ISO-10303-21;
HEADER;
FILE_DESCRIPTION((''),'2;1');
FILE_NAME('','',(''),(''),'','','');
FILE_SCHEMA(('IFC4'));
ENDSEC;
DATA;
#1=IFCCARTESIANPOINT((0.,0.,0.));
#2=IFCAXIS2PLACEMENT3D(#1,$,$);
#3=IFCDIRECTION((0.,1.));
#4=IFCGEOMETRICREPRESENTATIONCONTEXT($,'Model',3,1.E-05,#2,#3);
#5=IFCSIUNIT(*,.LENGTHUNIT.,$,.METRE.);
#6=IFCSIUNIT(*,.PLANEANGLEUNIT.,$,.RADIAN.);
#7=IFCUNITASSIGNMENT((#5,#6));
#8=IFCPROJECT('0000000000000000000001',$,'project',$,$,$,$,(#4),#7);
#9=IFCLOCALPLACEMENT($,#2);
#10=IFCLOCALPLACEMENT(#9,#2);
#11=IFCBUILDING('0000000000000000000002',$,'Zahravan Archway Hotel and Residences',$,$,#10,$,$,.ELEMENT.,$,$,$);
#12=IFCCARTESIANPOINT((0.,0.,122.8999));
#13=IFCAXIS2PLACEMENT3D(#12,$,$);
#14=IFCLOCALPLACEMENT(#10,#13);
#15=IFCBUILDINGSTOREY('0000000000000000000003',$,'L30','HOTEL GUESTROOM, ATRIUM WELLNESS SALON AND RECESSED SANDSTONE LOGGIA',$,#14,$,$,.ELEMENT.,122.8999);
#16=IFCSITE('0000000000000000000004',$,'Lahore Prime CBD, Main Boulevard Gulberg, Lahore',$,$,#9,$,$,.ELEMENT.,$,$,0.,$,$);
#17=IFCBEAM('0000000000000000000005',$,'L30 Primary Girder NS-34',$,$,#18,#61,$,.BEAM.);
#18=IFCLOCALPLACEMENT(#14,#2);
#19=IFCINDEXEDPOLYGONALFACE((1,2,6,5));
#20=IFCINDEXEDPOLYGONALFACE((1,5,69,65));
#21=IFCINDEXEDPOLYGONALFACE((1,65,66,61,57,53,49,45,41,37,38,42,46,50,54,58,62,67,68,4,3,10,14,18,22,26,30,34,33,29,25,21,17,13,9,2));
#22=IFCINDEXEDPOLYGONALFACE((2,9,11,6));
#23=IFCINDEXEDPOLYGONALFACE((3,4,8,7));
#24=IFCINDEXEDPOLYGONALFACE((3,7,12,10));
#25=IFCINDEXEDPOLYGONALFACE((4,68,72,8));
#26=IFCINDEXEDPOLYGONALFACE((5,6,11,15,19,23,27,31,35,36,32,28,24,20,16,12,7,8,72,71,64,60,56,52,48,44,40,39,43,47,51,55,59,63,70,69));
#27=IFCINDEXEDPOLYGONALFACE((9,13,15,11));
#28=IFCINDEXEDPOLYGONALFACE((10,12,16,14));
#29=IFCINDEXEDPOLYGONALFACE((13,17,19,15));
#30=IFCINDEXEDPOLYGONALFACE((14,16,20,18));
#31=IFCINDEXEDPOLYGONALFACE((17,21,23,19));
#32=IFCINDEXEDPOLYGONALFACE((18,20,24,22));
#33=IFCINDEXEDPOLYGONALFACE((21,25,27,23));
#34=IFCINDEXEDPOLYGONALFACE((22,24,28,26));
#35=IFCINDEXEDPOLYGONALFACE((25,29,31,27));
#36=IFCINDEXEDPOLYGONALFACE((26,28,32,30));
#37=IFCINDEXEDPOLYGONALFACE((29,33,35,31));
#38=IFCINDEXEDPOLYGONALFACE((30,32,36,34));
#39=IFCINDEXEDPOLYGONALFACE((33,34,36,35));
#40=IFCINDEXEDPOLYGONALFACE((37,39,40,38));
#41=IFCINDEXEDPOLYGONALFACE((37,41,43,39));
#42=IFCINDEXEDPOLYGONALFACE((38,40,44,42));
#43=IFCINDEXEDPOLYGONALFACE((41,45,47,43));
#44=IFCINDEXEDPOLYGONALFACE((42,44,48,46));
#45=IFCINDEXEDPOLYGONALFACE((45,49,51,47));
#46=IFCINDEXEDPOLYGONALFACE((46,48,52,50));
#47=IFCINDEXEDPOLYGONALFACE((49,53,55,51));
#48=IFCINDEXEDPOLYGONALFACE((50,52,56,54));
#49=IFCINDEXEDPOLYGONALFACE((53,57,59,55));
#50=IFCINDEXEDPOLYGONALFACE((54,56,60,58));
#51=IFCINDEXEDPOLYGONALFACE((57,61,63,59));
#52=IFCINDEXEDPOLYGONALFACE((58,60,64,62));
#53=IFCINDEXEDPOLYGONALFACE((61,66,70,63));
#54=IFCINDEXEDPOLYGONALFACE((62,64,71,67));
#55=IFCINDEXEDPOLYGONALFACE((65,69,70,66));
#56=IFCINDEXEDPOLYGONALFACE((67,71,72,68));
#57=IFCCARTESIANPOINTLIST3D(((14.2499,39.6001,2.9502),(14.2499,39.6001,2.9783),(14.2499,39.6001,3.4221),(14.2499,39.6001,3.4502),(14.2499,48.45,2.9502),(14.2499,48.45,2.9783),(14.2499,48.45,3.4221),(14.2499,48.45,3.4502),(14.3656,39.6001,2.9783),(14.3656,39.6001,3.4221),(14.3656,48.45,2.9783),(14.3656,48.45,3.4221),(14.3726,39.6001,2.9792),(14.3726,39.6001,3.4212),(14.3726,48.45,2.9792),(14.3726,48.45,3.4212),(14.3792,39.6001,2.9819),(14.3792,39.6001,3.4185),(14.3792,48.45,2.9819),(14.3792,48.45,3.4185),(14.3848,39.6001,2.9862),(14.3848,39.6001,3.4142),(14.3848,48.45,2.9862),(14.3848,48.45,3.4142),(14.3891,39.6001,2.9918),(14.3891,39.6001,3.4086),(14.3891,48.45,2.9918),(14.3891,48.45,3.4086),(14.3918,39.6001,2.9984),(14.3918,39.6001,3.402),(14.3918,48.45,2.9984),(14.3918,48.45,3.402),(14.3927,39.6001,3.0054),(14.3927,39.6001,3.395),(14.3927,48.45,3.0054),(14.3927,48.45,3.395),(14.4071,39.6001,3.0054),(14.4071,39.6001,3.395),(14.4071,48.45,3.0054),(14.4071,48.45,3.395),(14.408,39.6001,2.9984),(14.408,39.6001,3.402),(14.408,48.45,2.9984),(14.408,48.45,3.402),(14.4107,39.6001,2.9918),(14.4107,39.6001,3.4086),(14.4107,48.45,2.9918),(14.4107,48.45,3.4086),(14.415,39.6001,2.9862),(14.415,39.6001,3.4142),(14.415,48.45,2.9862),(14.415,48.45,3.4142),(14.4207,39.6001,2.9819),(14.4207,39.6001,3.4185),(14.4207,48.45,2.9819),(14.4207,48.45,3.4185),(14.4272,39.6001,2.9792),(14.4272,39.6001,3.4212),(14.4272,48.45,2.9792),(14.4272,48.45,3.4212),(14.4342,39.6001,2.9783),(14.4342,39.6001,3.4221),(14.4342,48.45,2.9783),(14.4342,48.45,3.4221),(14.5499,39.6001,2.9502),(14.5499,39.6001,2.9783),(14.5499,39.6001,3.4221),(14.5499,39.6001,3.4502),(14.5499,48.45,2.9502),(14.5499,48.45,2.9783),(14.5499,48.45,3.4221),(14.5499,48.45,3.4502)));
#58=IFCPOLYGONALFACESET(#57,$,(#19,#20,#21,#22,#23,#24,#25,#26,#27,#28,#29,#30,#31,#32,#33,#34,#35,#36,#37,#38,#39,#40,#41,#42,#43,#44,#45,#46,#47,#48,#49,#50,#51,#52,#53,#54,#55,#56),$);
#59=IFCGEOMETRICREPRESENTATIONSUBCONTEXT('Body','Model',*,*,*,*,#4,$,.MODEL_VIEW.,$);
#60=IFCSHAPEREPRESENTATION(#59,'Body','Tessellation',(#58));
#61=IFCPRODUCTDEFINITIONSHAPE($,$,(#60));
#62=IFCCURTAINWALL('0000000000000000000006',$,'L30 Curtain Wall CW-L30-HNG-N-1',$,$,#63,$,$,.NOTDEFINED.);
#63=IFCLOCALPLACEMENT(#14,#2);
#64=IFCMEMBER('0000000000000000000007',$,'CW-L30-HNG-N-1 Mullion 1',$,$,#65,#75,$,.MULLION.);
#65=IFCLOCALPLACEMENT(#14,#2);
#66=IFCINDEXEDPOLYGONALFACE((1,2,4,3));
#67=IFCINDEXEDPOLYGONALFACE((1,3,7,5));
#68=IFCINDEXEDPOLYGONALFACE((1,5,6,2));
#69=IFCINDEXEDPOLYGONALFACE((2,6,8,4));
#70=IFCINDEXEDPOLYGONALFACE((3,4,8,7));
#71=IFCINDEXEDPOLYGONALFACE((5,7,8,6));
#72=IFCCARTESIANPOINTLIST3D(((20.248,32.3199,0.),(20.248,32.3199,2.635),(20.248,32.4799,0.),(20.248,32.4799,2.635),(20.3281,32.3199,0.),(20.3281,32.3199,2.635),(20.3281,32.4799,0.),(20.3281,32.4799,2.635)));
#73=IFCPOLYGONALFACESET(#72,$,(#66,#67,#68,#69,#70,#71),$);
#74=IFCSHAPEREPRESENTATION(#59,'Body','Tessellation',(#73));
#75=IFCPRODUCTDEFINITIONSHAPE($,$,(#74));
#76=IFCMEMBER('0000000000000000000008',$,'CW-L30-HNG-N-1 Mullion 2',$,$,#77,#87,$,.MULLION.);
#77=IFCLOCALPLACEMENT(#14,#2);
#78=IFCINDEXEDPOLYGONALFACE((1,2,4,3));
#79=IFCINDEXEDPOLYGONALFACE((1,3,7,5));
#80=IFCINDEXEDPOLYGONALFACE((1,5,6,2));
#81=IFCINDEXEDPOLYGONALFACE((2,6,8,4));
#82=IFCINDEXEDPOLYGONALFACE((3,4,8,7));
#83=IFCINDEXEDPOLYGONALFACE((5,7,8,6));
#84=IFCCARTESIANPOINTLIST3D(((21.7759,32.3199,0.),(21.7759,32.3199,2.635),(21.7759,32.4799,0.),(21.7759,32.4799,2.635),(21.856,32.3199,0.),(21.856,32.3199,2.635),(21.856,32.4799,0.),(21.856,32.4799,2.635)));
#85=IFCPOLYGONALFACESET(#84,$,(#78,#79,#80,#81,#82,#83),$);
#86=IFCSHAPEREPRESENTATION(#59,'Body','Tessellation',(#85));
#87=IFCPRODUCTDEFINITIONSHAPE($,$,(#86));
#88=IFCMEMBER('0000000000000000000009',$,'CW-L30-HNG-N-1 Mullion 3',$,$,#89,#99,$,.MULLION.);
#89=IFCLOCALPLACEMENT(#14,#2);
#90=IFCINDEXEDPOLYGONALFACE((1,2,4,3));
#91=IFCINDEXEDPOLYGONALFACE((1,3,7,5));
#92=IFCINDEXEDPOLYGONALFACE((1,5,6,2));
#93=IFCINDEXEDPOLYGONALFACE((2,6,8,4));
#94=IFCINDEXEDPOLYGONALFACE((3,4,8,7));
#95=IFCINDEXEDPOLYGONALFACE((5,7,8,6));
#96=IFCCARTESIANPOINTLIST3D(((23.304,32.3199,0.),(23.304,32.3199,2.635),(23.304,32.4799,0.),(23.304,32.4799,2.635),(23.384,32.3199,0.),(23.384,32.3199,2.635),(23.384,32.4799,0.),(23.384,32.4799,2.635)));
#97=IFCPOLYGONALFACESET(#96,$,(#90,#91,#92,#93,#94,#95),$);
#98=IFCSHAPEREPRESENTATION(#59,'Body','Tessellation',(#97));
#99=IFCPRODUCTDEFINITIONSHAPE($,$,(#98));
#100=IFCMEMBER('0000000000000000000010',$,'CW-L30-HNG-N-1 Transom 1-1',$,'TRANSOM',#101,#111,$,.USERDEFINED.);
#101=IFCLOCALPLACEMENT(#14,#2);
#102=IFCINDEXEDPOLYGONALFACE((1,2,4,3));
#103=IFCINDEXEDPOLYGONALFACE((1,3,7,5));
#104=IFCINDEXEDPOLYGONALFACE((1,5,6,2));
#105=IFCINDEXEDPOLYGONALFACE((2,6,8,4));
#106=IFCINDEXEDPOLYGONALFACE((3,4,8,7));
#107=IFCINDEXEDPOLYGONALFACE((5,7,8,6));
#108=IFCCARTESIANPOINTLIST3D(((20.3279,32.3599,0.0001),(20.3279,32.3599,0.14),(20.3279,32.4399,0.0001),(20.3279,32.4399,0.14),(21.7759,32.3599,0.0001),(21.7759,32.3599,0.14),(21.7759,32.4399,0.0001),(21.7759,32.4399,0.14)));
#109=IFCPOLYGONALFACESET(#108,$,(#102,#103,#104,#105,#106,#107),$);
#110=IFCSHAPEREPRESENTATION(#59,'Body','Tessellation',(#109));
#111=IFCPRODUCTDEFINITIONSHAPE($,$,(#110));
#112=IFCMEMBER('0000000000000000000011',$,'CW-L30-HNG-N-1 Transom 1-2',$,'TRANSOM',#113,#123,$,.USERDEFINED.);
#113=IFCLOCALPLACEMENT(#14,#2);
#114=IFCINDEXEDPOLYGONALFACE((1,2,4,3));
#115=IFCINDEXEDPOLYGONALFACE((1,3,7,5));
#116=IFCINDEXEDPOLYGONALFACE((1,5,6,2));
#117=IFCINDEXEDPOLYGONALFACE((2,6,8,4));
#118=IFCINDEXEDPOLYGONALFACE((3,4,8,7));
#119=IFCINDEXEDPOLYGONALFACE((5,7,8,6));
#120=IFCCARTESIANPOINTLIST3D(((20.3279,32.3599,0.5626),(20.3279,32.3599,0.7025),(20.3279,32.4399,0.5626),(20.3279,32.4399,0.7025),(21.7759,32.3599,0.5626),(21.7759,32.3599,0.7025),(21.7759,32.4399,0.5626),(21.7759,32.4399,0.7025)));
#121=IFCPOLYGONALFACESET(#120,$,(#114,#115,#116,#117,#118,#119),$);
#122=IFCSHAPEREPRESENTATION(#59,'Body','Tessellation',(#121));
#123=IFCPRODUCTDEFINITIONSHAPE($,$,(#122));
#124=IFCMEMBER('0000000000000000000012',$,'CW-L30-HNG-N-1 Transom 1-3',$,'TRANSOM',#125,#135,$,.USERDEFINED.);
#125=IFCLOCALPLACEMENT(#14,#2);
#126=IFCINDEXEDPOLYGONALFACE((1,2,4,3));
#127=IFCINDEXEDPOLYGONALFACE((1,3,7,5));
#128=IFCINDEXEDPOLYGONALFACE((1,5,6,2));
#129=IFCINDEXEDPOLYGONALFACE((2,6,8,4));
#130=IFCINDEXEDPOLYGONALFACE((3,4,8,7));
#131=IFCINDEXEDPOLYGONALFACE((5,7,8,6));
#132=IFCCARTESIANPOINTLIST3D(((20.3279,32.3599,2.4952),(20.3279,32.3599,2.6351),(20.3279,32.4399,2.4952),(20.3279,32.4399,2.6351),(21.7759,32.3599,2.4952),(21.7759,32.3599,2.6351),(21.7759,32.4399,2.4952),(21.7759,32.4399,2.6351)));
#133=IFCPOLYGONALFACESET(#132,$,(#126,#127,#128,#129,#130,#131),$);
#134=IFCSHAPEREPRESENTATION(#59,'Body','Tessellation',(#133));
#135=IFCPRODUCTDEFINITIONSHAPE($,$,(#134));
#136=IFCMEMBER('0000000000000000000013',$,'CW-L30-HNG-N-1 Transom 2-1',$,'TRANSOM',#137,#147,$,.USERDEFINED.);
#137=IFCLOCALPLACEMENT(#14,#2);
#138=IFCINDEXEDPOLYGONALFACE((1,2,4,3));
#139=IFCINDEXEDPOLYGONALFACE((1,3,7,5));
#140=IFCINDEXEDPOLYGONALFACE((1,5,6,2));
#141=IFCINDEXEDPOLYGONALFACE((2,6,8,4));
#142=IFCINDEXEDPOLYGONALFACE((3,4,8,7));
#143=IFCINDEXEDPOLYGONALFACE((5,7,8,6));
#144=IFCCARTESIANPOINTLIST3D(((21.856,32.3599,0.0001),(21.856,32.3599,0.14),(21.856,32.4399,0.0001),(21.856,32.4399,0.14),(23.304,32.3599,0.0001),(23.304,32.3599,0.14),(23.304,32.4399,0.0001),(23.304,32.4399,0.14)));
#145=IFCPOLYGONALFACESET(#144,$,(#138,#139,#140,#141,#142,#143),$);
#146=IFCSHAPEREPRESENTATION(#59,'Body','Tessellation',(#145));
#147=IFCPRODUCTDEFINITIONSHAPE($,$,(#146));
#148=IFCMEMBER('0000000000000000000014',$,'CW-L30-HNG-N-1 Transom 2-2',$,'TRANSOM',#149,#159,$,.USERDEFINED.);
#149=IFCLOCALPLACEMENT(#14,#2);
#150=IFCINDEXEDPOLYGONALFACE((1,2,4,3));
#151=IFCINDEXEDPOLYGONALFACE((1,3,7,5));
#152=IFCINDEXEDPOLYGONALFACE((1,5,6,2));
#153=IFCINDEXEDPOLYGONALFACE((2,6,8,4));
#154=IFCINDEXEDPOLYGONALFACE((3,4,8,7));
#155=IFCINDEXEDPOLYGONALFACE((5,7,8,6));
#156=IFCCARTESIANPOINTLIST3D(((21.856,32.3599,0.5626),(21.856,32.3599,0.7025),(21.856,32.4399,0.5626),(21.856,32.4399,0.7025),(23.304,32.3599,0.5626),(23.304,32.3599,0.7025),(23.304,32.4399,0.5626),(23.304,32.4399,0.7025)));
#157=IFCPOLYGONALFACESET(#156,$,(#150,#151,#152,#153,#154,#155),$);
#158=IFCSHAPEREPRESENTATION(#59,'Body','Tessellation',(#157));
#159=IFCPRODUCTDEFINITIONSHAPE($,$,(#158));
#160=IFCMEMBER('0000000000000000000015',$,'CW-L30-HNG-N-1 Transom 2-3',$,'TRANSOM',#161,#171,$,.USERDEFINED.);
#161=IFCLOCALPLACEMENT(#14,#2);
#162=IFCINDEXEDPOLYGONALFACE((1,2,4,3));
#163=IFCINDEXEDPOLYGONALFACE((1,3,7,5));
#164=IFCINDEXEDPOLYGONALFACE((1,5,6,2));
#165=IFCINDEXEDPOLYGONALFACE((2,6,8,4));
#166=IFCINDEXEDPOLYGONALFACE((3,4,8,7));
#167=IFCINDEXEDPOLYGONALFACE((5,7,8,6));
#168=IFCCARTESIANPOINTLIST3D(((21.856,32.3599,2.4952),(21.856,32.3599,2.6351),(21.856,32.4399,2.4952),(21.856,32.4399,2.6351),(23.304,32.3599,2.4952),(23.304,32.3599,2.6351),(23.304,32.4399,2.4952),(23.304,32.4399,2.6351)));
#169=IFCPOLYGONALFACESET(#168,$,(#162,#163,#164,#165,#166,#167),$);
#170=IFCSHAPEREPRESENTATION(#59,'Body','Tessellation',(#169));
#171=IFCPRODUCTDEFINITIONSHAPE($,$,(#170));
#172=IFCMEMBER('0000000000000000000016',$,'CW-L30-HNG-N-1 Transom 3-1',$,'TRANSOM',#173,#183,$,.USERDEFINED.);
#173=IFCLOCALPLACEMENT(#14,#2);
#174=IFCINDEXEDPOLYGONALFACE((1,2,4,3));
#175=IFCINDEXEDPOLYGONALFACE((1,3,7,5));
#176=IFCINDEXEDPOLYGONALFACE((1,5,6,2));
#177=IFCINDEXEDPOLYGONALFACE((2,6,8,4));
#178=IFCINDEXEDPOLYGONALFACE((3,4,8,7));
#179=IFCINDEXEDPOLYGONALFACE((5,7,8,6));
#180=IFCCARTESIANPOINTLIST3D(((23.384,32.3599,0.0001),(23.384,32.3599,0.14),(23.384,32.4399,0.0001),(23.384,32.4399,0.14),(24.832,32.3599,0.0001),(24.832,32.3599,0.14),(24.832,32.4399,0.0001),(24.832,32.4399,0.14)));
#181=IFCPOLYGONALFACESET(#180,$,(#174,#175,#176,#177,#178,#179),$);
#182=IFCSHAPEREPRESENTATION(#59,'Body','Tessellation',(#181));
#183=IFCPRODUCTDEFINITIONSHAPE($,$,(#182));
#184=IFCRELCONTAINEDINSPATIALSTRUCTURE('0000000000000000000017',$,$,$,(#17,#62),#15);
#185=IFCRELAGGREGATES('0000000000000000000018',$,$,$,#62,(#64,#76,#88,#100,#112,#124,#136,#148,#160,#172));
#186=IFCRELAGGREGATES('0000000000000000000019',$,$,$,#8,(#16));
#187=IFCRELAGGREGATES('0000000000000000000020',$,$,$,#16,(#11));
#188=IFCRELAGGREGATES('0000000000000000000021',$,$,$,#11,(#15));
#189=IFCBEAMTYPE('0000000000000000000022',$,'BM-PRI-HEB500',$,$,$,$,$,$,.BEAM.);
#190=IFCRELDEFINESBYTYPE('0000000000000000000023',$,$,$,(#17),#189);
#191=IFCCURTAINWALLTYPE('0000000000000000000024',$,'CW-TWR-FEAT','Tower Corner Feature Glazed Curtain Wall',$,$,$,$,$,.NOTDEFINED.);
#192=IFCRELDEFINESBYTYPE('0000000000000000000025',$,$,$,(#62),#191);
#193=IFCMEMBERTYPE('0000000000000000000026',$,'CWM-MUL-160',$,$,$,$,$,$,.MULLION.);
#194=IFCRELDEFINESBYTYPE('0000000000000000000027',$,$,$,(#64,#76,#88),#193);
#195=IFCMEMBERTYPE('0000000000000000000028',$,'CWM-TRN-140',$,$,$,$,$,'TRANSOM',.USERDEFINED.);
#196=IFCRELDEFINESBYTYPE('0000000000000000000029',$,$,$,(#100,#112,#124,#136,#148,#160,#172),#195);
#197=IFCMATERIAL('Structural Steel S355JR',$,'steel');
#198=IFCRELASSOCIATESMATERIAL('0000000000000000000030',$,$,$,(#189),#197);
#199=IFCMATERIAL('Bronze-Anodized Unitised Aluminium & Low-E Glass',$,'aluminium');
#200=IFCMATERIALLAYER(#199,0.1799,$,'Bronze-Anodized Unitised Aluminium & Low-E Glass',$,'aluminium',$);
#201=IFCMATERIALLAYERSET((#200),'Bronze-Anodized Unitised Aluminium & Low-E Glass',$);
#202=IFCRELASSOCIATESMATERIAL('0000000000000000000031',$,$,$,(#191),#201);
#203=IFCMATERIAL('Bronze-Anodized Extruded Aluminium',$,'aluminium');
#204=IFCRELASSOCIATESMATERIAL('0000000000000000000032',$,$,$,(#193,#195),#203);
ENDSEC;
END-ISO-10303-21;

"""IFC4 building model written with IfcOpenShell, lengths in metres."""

from ifc_helpers import new_model, si_unit, direction, frame, origin, origin_2d, place, context, subcontext, project, spatial, rectangle, i_section, extrude, source, transform, mapped, material, layer, layer_set, material_profile, profile_set, type_object, element, aggregate, save


model = new_model("IFC4")

# Units and contexts
model_context = context("Model", 3, precision=1e-05, world=origin(), true_north=direction((0.0, 1.0)))
body_context = subcontext(model_context, "Body", "Model", "MODEL_VIEW")
ifc_project = project(units=[si_unit("LENGTHUNIT", "METRE"), si_unit("PLANEANGLEUNIT", "RADIAN")], contexts=[model_context])

# Site, building, storey
site_placement = place(None, origin())
site = spatial("IfcSite", under=ifc_project, at=site_placement, Name="Lahore Prime CBD, Main Boulevard Gulberg, Lahore", CompositionType="ELEMENT", RefElevation=0.0)
building_placement = place(site_placement, origin())
building = spatial("IfcBuilding", under=site, at=building_placement, Name="Zahravan Archway Hotel and Residences", CompositionType="ELEMENT")
storey_placement = place(building_placement, frame((0.0, 0.0, 122.8999)))
storey = spatial("IfcBuildingStorey", under=building, at=storey_placement, Name="L30", Description="HOTEL GUESTROOM, ATRIUM WELLNESS SALON AND RECESSED SANDSTONE LOGGIA", CompositionType="ELEMENT", Elevation=122.8999)

# Beam
ifc_material_1 = material(Name="Structural Steel S355JR", Category="steel")
ifc_material_profile_1 = material_profile(ifc_material_1, i_section(OverallWidth=0.3, OverallDepth=0.5, WebThickness=0.0144, FlangeThickness=0.0281, FilletRadius=0.0271, at=origin_2d()), Name="HEB 500", Category="steel")
ifc_profile_set_1 = profile_set([ifc_material_profile_1], Name="Structural Steel S355JR")
beam_type_1 = type_object("IfcBeamType", Name="BM-PRI-HEB500", PredefinedType="BEAM", material=ifc_profile_set_1)
shared_shape_1 = source(origin(), body_context, "Body", "SweptSolid", [
    extrude(i_section(OverallWidth=0.3, OverallDepth=0.5, WebThickness=0.0144, FlangeThickness=0.0281, FilletRadius=0.0271, at=origin_2d()), origin(), (0.0, 0.0, 1.0), 8.8499),
])
beam_1_placement = place(storey_placement, frame((14.3999, 39.6001, 3.2002), z_axis=(0.0, 1.0, 0.0), x_axis=(-1.0, 0.0, 0.0)))
element("IfcBeam", 1, at=beam_1_placement, inside=storey, type_object=beam_type_1, Name="L30 Primary Girder NS-34", PredefinedType="BEAM", context=body_context, shape_type="MappedRepresentation", body=[
    mapped(shared_shape_1, transform((0.0, 0.0, 0.0), scale=1.0)),
])

# Curtain wall, members
ifc_material_2 = material(Name="Bronze-Anodized Unitised Aluminium & Low-E Glass", Category="aluminium")
ifc_layer_1 = layer(ifc_material_2, 0.1799, Name="Bronze-Anodized Unitised Aluminium & Low-E Glass", Category="aluminium")
ifc_layer_set_1 = layer_set([ifc_layer_1], Name="Bronze-Anodized Unitised Aluminium & Low-E Glass")
curtain_wall_type = type_object("IfcCurtainWallType", Name="CW-TWR-FEAT", Description="Tower Corner Feature Glazed Curtain Wall", PredefinedType="NOTDEFINED", material=ifc_layer_set_1)
curtain_wall_placement = place(storey_placement, origin())
curtain_wall = element("IfcCurtainWall", 2, at=curtain_wall_placement, inside=storey, type_object=curtain_wall_type, Name="L30 Curtain Wall CW-L30-HNG-N-1", PredefinedType="NOTDEFINED")
ifc_material_3 = material(Name="Bronze-Anodized Extruded Aluminium", Category="aluminium")
ifc_material_profile_2 = material_profile(ifc_material_3, rectangle(XDim=0.0801, YDim=0.1599, at=origin_2d()), Name="MUL 80x160", Category="aluminium")
ifc_profile_set_2 = profile_set([ifc_material_profile_2], Name="Bronze-Anodized Extruded Aluminium")
member_type_1 = type_object("IfcMemberType", Name="CWM-MUL-160", PredefinedType="MULLION", material=ifc_profile_set_2)
shared_shape_2 = source(origin(), body_context, "Body", "SweptSolid", [
    extrude(rectangle(XDim=0.0801, YDim=0.1599, at=origin_2d()), origin(), (0.0, 0.0, 1.0), 2.635),
])
member_1_placement = place(storey_placement, frame((20.2881, 32.3999, 0.0), z_axis=(0.0, 0.0, 1.0), x_axis=(1.0, 0.0, 0.0)))
member_1 = element("IfcMember", 3, at=member_1_placement, type_object=member_type_1, Name="CW-L30-HNG-N-1 Mullion 1", PredefinedType="MULLION", context=body_context, shape_type="MappedRepresentation", body=[
    mapped(shared_shape_2, transform((0.0, 0.0, 0.0), scale=1.0)),
])
member_2_placement = place(storey_placement, frame((21.8159, 32.3999, 0.0), z_axis=(0.0, 0.0, 1.0), x_axis=(1.0, 0.0, 0.0)))
member_2 = element("IfcMember", 4, at=member_2_placement, type_object=member_type_1, Name="CW-L30-HNG-N-1 Mullion 2", PredefinedType="MULLION", context=body_context, shape_type="MappedRepresentation", body=[
    mapped(shared_shape_2, transform((0.0, 0.0, 0.0), scale=1.0)),
])
member_3_placement = place(storey_placement, frame((23.344, 32.3999, 0.0), z_axis=(0.0, 0.0, 1.0), x_axis=(1.0, 0.0, 0.0)))
member_3 = element("IfcMember", 5, at=member_3_placement, type_object=member_type_1, Name="CW-L30-HNG-N-1 Mullion 3", PredefinedType="MULLION", context=body_context, shape_type="MappedRepresentation", body=[
    mapped(shared_shape_2, transform((0.0, 0.0, 0.0), scale=1.0)),
])
ifc_material_profile_3 = material_profile(ifc_material_3, rectangle(XDim=0.0801, YDim=0.1399, at=origin_2d()), Name="TRN 80x140", Category="aluminium")
ifc_profile_set_3 = profile_set([ifc_material_profile_3], Name="Bronze-Anodized Extruded Aluminium")
member_type_2 = type_object("IfcMemberType", Name="CWM-TRN-140", ElementType="TRANSOM", PredefinedType="USERDEFINED", material=ifc_profile_set_3)
shared_shape_3 = source(origin(), body_context, "Body", "SweptSolid", [
    extrude(rectangle(XDim=0.0801, YDim=0.1399, at=origin_2d()), origin(), (0.0, 0.0, 1.0), 1.448),
])
member_4_placement = place(storey_placement, frame((20.3279, 32.3999, 0.0701), z_axis=(1.0, 0.0, 0.0), x_axis=(0.0, 1.0, 0.0)))
member_4 = element("IfcMember", 6, at=member_4_placement, type_object=member_type_2, Name="CW-L30-HNG-N-1 Transom 1-1", ObjectType="TRANSOM", PredefinedType="USERDEFINED", context=body_context, shape_type="MappedRepresentation", body=[
    mapped(shared_shape_3, transform((0.0, 0.0, 0.0), scale=1.0)),
])
member_5_placement = place(storey_placement, frame((20.3279, 32.3999, 0.6326), z_axis=(1.0, 0.0, 0.0), x_axis=(0.0, 1.0, 0.0)))
member_5 = element("IfcMember", 7, at=member_5_placement, type_object=member_type_2, Name="CW-L30-HNG-N-1 Transom 1-2", ObjectType="TRANSOM", PredefinedType="USERDEFINED", context=body_context, shape_type="MappedRepresentation", body=[
    mapped(shared_shape_3, transform((0.0, 0.0, 0.0), scale=1.0)),
])
member_6_placement = place(storey_placement, frame((20.3279, 32.3999, 2.5652), z_axis=(1.0, 0.0, 0.0), x_axis=(0.0, 1.0, 0.0)))
member_6 = element("IfcMember", 8, at=member_6_placement, type_object=member_type_2, Name="CW-L30-HNG-N-1 Transom 1-3", ObjectType="TRANSOM", PredefinedType="USERDEFINED", context=body_context, shape_type="MappedRepresentation", body=[
    mapped(shared_shape_3, transform((0.0, 0.0, 0.0), scale=1.0)),
])
member_7_placement = place(storey_placement, frame((21.856, 32.3999, 0.0701), z_axis=(1.0, 0.0, 0.0), x_axis=(0.0, 1.0, 0.0)))
member_7 = element("IfcMember", 9, at=member_7_placement, type_object=member_type_2, Name="CW-L30-HNG-N-1 Transom 2-1", ObjectType="TRANSOM", PredefinedType="USERDEFINED", context=body_context, shape_type="MappedRepresentation", body=[
    mapped(shared_shape_3, transform((0.0, 0.0, 0.0), scale=1.0)),
])
member_8_placement = place(storey_placement, frame((21.856, 32.3999, 0.6326), z_axis=(1.0, 0.0, 0.0), x_axis=(0.0, 1.0, 0.0)))
member_8 = element("IfcMember", 10, at=member_8_placement, type_object=member_type_2, Name="CW-L30-HNG-N-1 Transom 2-2", ObjectType="TRANSOM", PredefinedType="USERDEFINED", context=body_context, shape_type="MappedRepresentation", body=[
    mapped(shared_shape_3, transform((0.0, 0.0, 0.0), scale=1.0)),
])
member_9_placement = place(storey_placement, frame((21.856, 32.3999, 2.5652), z_axis=(1.0, 0.0, 0.0), x_axis=(0.0, 1.0, 0.0)))
member_9 = element("IfcMember", 11, at=member_9_placement, type_object=member_type_2, Name="CW-L30-HNG-N-1 Transom 2-3", ObjectType="TRANSOM", PredefinedType="USERDEFINED", context=body_context, shape_type="MappedRepresentation", body=[
    mapped(shared_shape_3, transform((0.0, 0.0, 0.0), scale=1.0)),
])
member_10_placement = place(storey_placement, frame((23.384, 32.3999, 0.0701), z_axis=(1.0, 0.0, 0.0), x_axis=(0.0, 1.0, 0.0)))
member_10 = element("IfcMember", 12, at=member_10_placement, type_object=member_type_2, Name="CW-L30-HNG-N-1 Transom 3-1", ObjectType="TRANSOM", PredefinedType="USERDEFINED", context=body_context, shape_type="MappedRepresentation", body=[
    mapped(shared_shape_3, transform((0.0, 0.0, 0.0), scale=1.0)),
])
aggregate(curtain_wall, [member_1, member_2, member_3, member_4, member_5, member_6, member_7, member_8, member_9, member_10])

save(model, "model.ifc")
